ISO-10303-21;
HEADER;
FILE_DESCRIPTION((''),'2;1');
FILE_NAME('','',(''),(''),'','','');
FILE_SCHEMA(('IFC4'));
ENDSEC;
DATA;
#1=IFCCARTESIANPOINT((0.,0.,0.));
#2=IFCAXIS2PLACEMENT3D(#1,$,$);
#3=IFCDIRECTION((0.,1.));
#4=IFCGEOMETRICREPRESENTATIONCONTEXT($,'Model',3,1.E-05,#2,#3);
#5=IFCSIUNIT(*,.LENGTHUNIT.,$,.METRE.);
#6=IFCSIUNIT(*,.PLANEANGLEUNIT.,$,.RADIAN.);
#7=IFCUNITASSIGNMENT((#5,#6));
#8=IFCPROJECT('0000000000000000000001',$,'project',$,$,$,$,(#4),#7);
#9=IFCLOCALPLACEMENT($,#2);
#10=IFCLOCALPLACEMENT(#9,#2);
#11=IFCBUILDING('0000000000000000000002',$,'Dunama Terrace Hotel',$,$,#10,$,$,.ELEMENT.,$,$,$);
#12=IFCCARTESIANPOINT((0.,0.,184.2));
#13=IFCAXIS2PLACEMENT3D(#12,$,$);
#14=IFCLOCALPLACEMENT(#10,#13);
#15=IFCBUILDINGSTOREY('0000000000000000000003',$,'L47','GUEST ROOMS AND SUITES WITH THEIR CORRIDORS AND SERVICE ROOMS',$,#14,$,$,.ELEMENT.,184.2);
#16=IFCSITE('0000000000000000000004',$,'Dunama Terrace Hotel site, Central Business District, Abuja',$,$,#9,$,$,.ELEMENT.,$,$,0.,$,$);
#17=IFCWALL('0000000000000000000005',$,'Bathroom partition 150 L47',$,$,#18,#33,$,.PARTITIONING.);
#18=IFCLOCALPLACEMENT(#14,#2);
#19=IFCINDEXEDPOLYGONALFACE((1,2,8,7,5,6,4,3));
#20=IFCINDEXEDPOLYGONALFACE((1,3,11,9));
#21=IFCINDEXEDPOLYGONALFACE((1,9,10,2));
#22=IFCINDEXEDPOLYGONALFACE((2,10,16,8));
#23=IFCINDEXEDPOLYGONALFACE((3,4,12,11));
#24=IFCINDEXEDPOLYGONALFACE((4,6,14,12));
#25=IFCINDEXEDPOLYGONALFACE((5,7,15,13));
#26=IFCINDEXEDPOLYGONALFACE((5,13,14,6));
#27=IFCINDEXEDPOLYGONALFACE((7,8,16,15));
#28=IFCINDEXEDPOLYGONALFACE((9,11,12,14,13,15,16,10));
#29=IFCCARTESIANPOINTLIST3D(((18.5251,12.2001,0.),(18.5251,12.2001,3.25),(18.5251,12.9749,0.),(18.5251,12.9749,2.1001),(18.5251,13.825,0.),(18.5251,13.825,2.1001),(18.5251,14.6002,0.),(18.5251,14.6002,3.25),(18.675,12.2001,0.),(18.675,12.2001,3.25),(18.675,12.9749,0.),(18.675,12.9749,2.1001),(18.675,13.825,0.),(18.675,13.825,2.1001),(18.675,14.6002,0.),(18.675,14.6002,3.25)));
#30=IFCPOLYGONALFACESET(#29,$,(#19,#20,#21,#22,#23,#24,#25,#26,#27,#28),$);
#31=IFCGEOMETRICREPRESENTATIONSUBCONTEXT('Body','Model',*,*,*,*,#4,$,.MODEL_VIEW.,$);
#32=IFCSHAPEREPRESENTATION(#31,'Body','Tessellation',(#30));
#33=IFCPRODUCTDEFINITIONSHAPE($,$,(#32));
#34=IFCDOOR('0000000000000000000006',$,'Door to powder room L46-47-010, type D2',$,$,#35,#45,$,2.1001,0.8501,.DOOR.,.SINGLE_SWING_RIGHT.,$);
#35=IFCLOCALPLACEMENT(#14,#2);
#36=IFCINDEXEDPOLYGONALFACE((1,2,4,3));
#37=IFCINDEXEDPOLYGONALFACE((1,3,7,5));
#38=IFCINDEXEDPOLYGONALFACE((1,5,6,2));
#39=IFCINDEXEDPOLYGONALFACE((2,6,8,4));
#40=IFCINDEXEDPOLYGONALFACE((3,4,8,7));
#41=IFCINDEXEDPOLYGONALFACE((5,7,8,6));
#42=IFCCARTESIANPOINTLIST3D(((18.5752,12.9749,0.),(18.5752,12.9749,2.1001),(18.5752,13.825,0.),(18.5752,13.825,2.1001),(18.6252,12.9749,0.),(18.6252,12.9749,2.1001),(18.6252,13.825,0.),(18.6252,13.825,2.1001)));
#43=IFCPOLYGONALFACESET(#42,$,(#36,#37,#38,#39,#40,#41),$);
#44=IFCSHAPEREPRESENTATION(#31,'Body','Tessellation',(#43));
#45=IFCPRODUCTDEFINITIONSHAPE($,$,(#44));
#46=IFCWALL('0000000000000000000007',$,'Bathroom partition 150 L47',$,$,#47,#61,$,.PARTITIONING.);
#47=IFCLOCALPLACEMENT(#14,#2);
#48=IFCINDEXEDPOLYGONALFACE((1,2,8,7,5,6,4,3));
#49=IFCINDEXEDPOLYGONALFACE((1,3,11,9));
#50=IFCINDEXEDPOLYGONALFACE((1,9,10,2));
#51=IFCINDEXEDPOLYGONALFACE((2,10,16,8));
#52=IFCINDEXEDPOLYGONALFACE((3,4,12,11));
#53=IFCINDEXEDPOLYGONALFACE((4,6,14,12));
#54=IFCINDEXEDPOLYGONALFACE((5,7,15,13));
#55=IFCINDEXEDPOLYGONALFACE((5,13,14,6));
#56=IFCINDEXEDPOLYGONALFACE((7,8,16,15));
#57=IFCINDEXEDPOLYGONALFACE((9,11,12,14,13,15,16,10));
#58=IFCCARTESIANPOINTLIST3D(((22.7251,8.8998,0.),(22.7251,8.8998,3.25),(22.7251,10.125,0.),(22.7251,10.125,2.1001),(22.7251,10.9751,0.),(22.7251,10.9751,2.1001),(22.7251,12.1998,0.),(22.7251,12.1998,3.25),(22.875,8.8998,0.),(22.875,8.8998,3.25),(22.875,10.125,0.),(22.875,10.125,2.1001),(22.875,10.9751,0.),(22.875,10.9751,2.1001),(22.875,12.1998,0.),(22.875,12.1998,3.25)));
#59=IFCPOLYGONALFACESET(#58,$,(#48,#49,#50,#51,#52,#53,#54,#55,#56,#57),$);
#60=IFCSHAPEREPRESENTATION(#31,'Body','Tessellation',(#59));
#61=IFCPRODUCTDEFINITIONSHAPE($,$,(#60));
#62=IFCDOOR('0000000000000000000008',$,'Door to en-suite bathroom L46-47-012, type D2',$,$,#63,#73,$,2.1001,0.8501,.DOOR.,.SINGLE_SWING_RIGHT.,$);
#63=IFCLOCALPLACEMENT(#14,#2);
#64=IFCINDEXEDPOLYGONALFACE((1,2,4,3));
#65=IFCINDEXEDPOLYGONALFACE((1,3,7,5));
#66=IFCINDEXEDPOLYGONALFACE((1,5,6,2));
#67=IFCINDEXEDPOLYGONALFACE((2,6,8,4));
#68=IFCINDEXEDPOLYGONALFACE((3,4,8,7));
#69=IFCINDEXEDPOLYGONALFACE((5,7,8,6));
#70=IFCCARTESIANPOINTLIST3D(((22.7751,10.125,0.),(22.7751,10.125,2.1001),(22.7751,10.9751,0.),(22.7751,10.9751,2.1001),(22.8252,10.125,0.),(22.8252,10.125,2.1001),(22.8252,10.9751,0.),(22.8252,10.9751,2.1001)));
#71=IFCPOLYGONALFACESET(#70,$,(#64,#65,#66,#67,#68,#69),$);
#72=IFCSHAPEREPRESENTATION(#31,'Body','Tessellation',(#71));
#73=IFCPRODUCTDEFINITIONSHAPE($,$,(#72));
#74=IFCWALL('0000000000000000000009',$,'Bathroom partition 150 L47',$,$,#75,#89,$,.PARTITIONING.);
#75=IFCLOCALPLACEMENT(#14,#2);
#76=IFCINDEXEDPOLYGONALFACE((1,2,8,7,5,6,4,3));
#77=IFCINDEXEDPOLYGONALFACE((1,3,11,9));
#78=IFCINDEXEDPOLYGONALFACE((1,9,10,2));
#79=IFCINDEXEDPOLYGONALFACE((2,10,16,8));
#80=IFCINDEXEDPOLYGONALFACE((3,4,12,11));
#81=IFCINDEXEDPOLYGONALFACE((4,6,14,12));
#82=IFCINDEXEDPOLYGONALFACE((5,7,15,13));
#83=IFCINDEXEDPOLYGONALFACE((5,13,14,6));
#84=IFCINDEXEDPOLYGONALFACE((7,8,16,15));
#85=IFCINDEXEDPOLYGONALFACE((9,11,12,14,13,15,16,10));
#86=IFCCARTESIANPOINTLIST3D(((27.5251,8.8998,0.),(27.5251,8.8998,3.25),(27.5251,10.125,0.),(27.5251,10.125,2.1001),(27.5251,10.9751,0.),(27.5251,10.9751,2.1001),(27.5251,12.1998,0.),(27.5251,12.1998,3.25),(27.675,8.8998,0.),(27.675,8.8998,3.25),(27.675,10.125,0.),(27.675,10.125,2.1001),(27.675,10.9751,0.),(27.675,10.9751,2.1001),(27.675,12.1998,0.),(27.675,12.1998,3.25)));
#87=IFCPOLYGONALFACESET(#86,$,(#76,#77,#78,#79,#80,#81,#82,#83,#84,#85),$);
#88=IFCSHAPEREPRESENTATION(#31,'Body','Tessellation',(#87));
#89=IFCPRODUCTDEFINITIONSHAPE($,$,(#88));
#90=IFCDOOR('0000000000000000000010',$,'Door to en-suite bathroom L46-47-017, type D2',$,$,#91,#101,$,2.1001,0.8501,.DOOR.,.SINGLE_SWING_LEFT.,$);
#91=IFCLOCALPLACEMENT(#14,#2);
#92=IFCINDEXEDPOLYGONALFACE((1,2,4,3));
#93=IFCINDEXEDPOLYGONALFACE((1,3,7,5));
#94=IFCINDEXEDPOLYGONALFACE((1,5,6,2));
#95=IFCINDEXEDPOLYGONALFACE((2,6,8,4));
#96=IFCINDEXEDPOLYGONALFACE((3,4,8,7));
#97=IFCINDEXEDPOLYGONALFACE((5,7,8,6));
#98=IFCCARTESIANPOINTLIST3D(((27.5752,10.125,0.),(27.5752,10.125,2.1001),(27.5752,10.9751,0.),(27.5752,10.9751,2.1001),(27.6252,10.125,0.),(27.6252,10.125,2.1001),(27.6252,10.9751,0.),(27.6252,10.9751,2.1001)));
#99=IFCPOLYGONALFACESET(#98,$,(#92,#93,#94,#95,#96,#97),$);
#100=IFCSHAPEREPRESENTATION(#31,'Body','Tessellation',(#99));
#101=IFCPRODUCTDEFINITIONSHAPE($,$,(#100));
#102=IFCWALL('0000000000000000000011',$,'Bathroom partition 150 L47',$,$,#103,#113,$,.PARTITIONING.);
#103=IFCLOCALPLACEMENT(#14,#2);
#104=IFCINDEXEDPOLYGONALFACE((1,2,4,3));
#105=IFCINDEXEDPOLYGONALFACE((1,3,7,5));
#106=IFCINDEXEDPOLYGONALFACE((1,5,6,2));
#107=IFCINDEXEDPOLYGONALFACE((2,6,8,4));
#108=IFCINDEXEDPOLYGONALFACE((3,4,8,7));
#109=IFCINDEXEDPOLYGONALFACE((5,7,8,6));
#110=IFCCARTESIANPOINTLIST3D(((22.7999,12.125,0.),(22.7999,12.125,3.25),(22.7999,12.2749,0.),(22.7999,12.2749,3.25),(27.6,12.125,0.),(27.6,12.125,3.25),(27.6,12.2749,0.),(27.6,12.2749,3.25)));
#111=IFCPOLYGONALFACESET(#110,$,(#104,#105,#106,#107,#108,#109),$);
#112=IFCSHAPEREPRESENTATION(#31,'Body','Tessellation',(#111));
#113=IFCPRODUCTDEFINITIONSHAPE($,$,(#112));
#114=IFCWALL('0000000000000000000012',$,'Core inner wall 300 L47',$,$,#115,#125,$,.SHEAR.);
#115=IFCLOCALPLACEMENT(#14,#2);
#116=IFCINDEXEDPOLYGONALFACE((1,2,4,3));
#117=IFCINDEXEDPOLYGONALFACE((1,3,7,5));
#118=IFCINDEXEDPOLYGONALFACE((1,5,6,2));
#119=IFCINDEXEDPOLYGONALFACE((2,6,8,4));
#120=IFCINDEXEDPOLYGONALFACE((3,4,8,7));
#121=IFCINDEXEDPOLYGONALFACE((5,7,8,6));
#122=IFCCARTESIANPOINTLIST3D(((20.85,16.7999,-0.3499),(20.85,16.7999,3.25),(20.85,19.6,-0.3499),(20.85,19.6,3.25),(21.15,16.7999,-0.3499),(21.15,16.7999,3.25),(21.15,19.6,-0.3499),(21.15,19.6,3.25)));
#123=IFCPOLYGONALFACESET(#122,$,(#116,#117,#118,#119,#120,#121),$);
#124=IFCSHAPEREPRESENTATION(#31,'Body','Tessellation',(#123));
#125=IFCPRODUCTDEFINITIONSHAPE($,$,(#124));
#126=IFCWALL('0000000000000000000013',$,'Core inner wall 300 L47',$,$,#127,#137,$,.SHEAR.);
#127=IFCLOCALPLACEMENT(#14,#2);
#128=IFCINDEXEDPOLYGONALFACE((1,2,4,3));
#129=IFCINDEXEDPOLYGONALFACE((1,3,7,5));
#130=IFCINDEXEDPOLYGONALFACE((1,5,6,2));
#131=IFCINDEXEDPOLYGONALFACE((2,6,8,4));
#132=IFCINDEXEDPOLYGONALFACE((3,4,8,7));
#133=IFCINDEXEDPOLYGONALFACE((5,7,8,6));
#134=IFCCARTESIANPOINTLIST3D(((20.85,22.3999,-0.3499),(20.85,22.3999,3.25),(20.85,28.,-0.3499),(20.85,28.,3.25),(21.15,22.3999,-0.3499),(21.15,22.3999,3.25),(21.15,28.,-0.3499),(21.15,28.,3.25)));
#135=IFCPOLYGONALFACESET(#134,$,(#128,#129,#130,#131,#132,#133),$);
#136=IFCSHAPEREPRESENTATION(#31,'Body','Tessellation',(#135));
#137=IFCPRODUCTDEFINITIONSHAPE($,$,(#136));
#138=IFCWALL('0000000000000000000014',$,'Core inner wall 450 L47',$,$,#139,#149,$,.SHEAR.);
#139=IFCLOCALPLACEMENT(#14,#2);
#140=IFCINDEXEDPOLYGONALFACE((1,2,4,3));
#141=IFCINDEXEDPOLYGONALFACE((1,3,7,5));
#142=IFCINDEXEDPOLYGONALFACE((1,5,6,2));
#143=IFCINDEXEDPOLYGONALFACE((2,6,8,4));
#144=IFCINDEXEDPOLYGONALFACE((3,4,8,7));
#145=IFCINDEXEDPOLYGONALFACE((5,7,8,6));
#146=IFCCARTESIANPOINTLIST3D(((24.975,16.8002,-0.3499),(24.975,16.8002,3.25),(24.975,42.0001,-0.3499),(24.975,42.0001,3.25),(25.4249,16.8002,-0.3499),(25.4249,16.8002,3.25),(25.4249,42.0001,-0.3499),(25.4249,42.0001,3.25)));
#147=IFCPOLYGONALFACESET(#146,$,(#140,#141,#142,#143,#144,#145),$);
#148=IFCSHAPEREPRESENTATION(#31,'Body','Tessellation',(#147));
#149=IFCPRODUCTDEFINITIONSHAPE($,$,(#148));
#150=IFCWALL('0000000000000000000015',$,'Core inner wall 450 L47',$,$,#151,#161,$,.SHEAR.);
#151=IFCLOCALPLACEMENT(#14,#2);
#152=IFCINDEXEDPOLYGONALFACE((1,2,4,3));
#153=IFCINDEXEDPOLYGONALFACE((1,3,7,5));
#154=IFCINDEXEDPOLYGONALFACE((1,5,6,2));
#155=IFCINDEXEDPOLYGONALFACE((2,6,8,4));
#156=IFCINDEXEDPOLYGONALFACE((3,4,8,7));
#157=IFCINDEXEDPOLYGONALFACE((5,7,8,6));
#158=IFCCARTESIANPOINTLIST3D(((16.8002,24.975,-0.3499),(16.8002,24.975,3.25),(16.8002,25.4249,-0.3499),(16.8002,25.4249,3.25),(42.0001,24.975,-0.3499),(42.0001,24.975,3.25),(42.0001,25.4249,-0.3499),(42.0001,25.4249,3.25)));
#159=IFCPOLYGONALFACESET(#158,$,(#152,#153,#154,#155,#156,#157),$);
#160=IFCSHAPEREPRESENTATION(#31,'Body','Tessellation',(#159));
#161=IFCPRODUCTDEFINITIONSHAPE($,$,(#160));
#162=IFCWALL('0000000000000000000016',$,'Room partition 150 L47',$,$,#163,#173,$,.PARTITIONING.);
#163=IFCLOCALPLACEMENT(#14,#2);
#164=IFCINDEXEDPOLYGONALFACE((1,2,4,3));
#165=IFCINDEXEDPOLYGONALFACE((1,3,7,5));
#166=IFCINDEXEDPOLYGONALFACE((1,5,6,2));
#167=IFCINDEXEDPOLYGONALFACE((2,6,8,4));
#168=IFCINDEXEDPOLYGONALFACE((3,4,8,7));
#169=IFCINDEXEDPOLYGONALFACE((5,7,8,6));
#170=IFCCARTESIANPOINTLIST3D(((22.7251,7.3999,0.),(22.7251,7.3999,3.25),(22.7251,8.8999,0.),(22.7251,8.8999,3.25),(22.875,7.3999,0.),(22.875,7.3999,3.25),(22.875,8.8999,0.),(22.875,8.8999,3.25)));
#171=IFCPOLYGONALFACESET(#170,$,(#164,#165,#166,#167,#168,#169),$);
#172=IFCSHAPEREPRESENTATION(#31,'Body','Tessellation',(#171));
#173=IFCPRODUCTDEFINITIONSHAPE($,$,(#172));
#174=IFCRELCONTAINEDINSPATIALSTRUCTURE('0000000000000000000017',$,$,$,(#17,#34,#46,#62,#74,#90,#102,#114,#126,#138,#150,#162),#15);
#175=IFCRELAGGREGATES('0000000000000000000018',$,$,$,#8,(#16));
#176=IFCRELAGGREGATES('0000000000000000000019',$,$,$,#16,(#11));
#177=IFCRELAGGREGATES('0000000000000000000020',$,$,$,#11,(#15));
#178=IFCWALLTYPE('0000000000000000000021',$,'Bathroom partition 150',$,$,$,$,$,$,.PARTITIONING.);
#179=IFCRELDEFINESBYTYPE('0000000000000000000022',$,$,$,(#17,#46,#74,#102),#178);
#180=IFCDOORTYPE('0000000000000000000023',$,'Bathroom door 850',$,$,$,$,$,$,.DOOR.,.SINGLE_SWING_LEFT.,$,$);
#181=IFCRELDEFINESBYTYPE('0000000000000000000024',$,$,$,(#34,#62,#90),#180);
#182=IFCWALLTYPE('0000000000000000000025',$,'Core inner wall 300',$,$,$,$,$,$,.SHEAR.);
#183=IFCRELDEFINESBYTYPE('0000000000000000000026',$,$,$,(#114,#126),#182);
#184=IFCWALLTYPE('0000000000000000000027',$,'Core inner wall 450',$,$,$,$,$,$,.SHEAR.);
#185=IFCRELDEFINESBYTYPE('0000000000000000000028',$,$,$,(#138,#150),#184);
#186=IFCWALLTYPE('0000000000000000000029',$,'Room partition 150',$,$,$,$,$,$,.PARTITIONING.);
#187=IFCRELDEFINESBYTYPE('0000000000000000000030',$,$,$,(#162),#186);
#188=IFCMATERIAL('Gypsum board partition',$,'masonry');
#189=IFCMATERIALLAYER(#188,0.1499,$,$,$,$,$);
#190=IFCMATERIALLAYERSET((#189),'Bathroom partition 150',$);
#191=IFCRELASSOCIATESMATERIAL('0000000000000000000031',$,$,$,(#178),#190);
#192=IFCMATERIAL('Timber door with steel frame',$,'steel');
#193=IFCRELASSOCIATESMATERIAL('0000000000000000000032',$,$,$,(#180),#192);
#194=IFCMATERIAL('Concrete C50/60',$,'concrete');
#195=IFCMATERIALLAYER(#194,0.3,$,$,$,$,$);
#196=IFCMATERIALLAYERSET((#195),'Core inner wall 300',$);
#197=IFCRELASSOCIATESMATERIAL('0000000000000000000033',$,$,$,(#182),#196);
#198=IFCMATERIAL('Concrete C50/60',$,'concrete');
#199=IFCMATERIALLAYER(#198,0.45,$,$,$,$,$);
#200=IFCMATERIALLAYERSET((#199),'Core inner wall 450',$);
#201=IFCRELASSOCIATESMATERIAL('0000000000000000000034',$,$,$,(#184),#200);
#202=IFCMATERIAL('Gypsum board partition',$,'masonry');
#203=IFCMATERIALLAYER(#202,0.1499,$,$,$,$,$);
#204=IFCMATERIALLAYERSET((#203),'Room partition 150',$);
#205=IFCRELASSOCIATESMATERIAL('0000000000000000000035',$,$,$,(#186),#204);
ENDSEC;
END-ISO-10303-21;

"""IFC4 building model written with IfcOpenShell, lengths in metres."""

from ifc_helpers import new_model, si_unit, direction, frame, frame_2d, origin, place, context, subcontext, project, spatial, rectangle, extrude, material, layer, layer_set, type_object, element, fill, save


model = new_model("IFC4")

# Units and contexts
model_context = context("Model", 3, precision=1e-05, world=origin(), true_north=direction((0.0, 1.0)))
body_context = subcontext(model_context, "Body", "Model", "MODEL_VIEW")
ifc_project = project(units=[si_unit("LENGTHUNIT", "METRE"), si_unit("PLANEANGLEUNIT", "RADIAN")], contexts=[model_context])

# Site, building, storey
site_placement = place(None, origin())
site = spatial("IfcSite", under=ifc_project, at=site_placement, Name="Dunama Terrace Hotel site, Central Business District, Abuja", CompositionType="ELEMENT", RefElevation=0.0)
building_placement = place(site_placement, origin())
building = spatial("IfcBuilding", under=site, at=building_placement, Name="Dunama Terrace Hotel", CompositionType="ELEMENT")
storey_placement = place(building_placement, frame((0.0, 0.0, 184.2)))
storey = spatial("IfcBuildingStorey", under=building, at=storey_placement, Name="L47", Description="GUEST ROOMS AND SUITES WITH THEIR CORRIDORS AND SERVICE ROOMS", CompositionType="ELEMENT", Elevation=184.2)

# Walls, openings, doors
ifc_material_1 = material(Name="Gypsum board partition", Category="masonry")
ifc_layer_1 = layer(ifc_material_1, 0.1499)
ifc_layer_set_1 = layer_set([ifc_layer_1], Name="Bathroom partition 150")
wall_type_1 = type_object("IfcWallType", Name="Bathroom partition 150", PredefinedType="PARTITIONING", material=ifc_layer_set_1)
wall_1_placement = place(storey_placement, frame((18.6001, 12.2, 0.0), z_axis=(0.0, 0.0, 1.0), x_axis=(0.0, 1.0, 0.0)))
wall_1 = element("IfcWall", 1, at=wall_1_placement, inside=storey, type_object=wall_type_1, Name="Bathroom partition 150 L47", PredefinedType="PARTITIONING", context=body_context, shape_type="SweptSolid", body=[
    extrude(rectangle(XDim=2.4001, YDim=0.1499, at=frame_2d((1.2002, 0.0))), origin(), (0.0, 0.0, 1.0), 3.25),
])
opening_1_placement = place(wall_1_placement, frame((0.7749, 0.0, 0.0)))
opening_1 = element("IfcOpeningElement", 2, at=opening_1_placement, cuts=wall_1, PredefinedType="OPENING", context=body_context, shape_type="SweptSolid", body=[
    extrude(rectangle(XDim=0.8501, YDim=2.1001, at=frame_2d((0.425, 1.05))), frame((0.0, 0.085, 0.0), z_axis=(0.0, -1.0, 0.0), x_axis=(1.0, 0.0, 0.0)), (0.0, 0.0, 1.0), 0.1699),
])
ifc_material_2 = material(Name="Timber door with steel frame", Category="steel")
door_type_1 = type_object("IfcDoorType", Name="Bathroom door 850", OperationType="SINGLE_SWING_LEFT", PredefinedType="DOOR", material=ifc_material_2)
door_1_placement = place(opening_1_placement, origin())
door_1 = element("IfcDoor", 3, at=door_1_placement, inside=storey, type_object=door_type_1, Name="Door to powder room L46-47-010, type D2", OperationType="SINGLE_SWING_RIGHT", OverallHeight=2.1001, OverallWidth=0.8501, PredefinedType="DOOR", context=body_context, shape_type="SweptSolid", body=[
    extrude(rectangle(XDim=0.8501, YDim=2.1001, at=frame_2d((0.425, 1.05))), frame((0.0, 0.0249, 0.0), z_axis=(0.0, -1.0, 0.0), x_axis=(1.0, 0.0, 0.0)), (0.0, 0.0, 1.0), 0.05),
])
fill(opening_1, door_1)
wall_2_placement = place(storey_placement, frame((22.8, 8.8999, 0.0), z_axis=(0.0, 0.0, 1.0), x_axis=(0.0, 1.0, 0.0)))
wall_2 = element("IfcWall", 4, at=wall_2_placement, inside=storey, type_object=wall_type_1, Name="Bathroom partition 150 L47", PredefinedType="PARTITIONING", context=body_context, shape_type="SweptSolid", body=[
    extrude(rectangle(XDim=3.3, YDim=0.1499, at=frame_2d((1.6499, 0.0))), origin(), (0.0, 0.0, 1.0), 3.25),
])
opening_2_placement = place(wall_2_placement, frame((1.2251, 0.0, 0.0)))
opening_2 = element("IfcOpeningElement", 5, at=opening_2_placement, cuts=wall_2, PredefinedType="OPENING", context=body_context, shape_type="SweptSolid", body=[
    extrude(rectangle(XDim=0.8501, YDim=2.1001, at=frame_2d((0.425, 1.05))), frame((0.0, 0.085, 0.0), z_axis=(0.0, -1.0, 0.0), x_axis=(1.0, 0.0, 0.0)), (0.0, 0.0, 1.0), 0.1699),
])
door_2_placement = place(opening_2_placement, frame((0.8501, 0.0, 0.0), z_axis=(0.0, 0.0, 1.0), x_axis=(-1.0, 0.0, 0.0)))
door_2 = element("IfcDoor", 6, at=door_2_placement, inside=storey, type_object=door_type_1, Name="Door to en-suite bathroom L46-47-012, type D2", OperationType="SINGLE_SWING_RIGHT", OverallHeight=2.1001, OverallWidth=0.8501, PredefinedType="DOOR", context=body_context, shape_type="SweptSolid", body=[
    extrude(rectangle(XDim=0.8501, YDim=2.1001, at=frame_2d((0.425, 1.05))), frame((0.0, 0.0251, 0.0), z_axis=(0.0, -1.0, 0.0), x_axis=(1.0, 0.0, 0.0)), (0.0, 0.0, 1.0), 0.05),
])
fill(opening_2, door_2)
wall_3_placement = place(storey_placement, frame((27.6001, 8.8999, 0.0), z_axis=(0.0, 0.0, 1.0), x_axis=(0.0, 1.0, 0.0)))
wall_3 = element("IfcWall", 7, at=wall_3_placement, inside=storey, type_object=wall_type_1, Name="Bathroom partition 150 L47", PredefinedType="PARTITIONING", context=body_context, shape_type="SweptSolid", body=[
    extrude(rectangle(XDim=3.3, YDim=0.1499, at=frame_2d((1.6499, 0.0))), origin(), (0.0, 0.0, 1.0), 3.25),
])
opening_3_placement = place(wall_3_placement, frame((1.2251, 0.0, 0.0)))
opening_3 = element("IfcOpeningElement", 8, at=opening_3_placement, cuts=wall_3, PredefinedType="OPENING", context=body_context, shape_type="SweptSolid", body=[
    extrude(rectangle(XDim=0.8501, YDim=2.1001, at=frame_2d((0.425, 1.05))), frame((0.0, 0.085, 0.0), z_axis=(0.0, -1.0, 0.0), x_axis=(1.0, 0.0, 0.0)), (0.0, 0.0, 1.0), 0.1699),
])
door_3_placement = place(opening_3_placement, origin())
door_3 = element("IfcDoor", 9, at=door_3_placement, inside=storey, type_object=door_type_1, Name="Door to en-suite bathroom L46-47-017, type D2", OperationType="SINGLE_SWING_LEFT", OverallHeight=2.1001, OverallWidth=0.8501, PredefinedType="DOOR", context=body_context, shape_type="SweptSolid", body=[
    extrude(rectangle(XDim=0.8501, YDim=2.1001, at=frame_2d((0.425, 1.05))), frame((0.0, 0.0249, 0.0), z_axis=(0.0, -1.0, 0.0), x_axis=(1.0, 0.0, 0.0)), (0.0, 0.0, 1.0), 0.05),
])
fill(opening_3, door_3)

# Walls
wall_4_placement = place(storey_placement, frame((22.8, 12.2, 0.0), z_axis=(0.0, 0.0, 1.0), x_axis=(1.0, 0.0, 0.0)))
element("IfcWall", 10, at=wall_4_placement, inside=storey, type_object=wall_type_1, Name="Bathroom partition 150 L47", PredefinedType="PARTITIONING", context=body_context, shape_type="SweptSolid", body=[
    extrude(rectangle(XDim=4.8, YDim=0.1499, at=frame_2d((2.3999, 0.0))), origin(), (0.0, 0.0, 1.0), 3.25),
])
ifc_material_3 = material(Name="Concrete C50/60", Category="concrete")
ifc_layer_2 = layer(ifc_material_3, 0.3)
ifc_layer_set_2 = layer_set([ifc_layer_2], Name="Core inner wall 300")
wall_type_2 = type_object("IfcWallType", Name="Core inner wall 300", PredefinedType="SHEAR", material=ifc_layer_set_2)
wall_5_placement = place(storey_placement, frame((21.0, 16.8, -0.3499), z_axis=(0.0, 0.0, 1.0), x_axis=(0.0, 1.0, 0.0)))
element("IfcWall", 11, at=wall_5_placement, inside=storey, type_object=wall_type_2, Name="Core inner wall 300 L47", PredefinedType="SHEAR", context=body_context, shape_type="SweptSolid", body=[
    extrude(rectangle(XDim=2.8, YDim=0.3, at=frame_2d((1.3999, 0.0))), origin(), (0.0, 0.0, 1.0), 3.5999),
])
wall_6_placement = place(storey_placement, frame((21.0, 22.3999, -0.3499), z_axis=(0.0, 0.0, 1.0), x_axis=(0.0, 1.0, 0.0)))
element("IfcWall", 12, at=wall_6_placement, inside=storey, type_object=wall_type_2, Name="Core inner wall 300 L47", PredefinedType="SHEAR", context=body_context, shape_type="SweptSolid", body=[
    extrude(rectangle(XDim=5.6001, YDim=0.3, at=frame_2d((2.8, 0.0))), origin(), (0.0, 0.0, 1.0), 3.5999),
])
ifc_material_4 = material(Name="Concrete C50/60", Category="concrete")
ifc_layer_3 = layer(ifc_material_4, 0.45)
ifc_layer_set_3 = layer_set([ifc_layer_3], Name="Core inner wall 450")
wall_type_3 = type_object("IfcWallType", Name="Core inner wall 450", PredefinedType="SHEAR", material=ifc_layer_set_3)
for number, where, z_axis, x_axis, name in (
    (13, (25.2, 16.8, -0.3499), (0.0, 0.0, 1.0), (0.0, 1.0, 0.0), "Core inner wall 450 L47"),
    (14, (16.8, 25.2, -0.3499), (0.0, 0.0, 1.0), (1.0, 0.0, 0.0), "Core inner wall 450 L47"),
):
    element("IfcWall", number, at=place(storey_placement, frame(where, z_axis=z_axis, x_axis=x_axis)), inside=storey, type_object=wall_type_3, Name=name, PredefinedType="SHEAR", context=body_context, shape_type="SweptSolid", body=[
        extrude(rectangle(XDim=25.2, YDim=0.45, at=frame_2d((12.6001, 0.0))), origin(), (0.0, 0.0, 1.0), 3.5999),
    ])
ifc_material_5 = material(Name="Gypsum board partition", Category="masonry")
ifc_layer_4 = layer(ifc_material_5, 0.1499)
ifc_layer_set_4 = layer_set([ifc_layer_4], Name="Room partition 150")
wall_type_4 = type_object("IfcWallType", Name="Room partition 150", PredefinedType="PARTITIONING", material=ifc_layer_set_4)
for number, where, z_axis, x_axis, name in (
    (15, (22.8, 7.3999, 0.0), (0.0, 0.0, 1.0), (0.0, 1.0, 0.0), "Room partition 150 L47"),
):
    element("IfcWall", number, at=place(storey_placement, frame(where, z_axis=z_axis, x_axis=x_axis)), inside=storey, type_object=wall_type_4, Name=name, PredefinedType="PARTITIONING", context=body_context, shape_type="SweptSolid", body=[
        extrude(rectangle(XDim=1.5, YDim=0.1499, at=frame_2d((0.75, 0.0))), origin(), (0.0, 0.0, 1.0), 3.25),
    ])

save(model, "model.ifc")
